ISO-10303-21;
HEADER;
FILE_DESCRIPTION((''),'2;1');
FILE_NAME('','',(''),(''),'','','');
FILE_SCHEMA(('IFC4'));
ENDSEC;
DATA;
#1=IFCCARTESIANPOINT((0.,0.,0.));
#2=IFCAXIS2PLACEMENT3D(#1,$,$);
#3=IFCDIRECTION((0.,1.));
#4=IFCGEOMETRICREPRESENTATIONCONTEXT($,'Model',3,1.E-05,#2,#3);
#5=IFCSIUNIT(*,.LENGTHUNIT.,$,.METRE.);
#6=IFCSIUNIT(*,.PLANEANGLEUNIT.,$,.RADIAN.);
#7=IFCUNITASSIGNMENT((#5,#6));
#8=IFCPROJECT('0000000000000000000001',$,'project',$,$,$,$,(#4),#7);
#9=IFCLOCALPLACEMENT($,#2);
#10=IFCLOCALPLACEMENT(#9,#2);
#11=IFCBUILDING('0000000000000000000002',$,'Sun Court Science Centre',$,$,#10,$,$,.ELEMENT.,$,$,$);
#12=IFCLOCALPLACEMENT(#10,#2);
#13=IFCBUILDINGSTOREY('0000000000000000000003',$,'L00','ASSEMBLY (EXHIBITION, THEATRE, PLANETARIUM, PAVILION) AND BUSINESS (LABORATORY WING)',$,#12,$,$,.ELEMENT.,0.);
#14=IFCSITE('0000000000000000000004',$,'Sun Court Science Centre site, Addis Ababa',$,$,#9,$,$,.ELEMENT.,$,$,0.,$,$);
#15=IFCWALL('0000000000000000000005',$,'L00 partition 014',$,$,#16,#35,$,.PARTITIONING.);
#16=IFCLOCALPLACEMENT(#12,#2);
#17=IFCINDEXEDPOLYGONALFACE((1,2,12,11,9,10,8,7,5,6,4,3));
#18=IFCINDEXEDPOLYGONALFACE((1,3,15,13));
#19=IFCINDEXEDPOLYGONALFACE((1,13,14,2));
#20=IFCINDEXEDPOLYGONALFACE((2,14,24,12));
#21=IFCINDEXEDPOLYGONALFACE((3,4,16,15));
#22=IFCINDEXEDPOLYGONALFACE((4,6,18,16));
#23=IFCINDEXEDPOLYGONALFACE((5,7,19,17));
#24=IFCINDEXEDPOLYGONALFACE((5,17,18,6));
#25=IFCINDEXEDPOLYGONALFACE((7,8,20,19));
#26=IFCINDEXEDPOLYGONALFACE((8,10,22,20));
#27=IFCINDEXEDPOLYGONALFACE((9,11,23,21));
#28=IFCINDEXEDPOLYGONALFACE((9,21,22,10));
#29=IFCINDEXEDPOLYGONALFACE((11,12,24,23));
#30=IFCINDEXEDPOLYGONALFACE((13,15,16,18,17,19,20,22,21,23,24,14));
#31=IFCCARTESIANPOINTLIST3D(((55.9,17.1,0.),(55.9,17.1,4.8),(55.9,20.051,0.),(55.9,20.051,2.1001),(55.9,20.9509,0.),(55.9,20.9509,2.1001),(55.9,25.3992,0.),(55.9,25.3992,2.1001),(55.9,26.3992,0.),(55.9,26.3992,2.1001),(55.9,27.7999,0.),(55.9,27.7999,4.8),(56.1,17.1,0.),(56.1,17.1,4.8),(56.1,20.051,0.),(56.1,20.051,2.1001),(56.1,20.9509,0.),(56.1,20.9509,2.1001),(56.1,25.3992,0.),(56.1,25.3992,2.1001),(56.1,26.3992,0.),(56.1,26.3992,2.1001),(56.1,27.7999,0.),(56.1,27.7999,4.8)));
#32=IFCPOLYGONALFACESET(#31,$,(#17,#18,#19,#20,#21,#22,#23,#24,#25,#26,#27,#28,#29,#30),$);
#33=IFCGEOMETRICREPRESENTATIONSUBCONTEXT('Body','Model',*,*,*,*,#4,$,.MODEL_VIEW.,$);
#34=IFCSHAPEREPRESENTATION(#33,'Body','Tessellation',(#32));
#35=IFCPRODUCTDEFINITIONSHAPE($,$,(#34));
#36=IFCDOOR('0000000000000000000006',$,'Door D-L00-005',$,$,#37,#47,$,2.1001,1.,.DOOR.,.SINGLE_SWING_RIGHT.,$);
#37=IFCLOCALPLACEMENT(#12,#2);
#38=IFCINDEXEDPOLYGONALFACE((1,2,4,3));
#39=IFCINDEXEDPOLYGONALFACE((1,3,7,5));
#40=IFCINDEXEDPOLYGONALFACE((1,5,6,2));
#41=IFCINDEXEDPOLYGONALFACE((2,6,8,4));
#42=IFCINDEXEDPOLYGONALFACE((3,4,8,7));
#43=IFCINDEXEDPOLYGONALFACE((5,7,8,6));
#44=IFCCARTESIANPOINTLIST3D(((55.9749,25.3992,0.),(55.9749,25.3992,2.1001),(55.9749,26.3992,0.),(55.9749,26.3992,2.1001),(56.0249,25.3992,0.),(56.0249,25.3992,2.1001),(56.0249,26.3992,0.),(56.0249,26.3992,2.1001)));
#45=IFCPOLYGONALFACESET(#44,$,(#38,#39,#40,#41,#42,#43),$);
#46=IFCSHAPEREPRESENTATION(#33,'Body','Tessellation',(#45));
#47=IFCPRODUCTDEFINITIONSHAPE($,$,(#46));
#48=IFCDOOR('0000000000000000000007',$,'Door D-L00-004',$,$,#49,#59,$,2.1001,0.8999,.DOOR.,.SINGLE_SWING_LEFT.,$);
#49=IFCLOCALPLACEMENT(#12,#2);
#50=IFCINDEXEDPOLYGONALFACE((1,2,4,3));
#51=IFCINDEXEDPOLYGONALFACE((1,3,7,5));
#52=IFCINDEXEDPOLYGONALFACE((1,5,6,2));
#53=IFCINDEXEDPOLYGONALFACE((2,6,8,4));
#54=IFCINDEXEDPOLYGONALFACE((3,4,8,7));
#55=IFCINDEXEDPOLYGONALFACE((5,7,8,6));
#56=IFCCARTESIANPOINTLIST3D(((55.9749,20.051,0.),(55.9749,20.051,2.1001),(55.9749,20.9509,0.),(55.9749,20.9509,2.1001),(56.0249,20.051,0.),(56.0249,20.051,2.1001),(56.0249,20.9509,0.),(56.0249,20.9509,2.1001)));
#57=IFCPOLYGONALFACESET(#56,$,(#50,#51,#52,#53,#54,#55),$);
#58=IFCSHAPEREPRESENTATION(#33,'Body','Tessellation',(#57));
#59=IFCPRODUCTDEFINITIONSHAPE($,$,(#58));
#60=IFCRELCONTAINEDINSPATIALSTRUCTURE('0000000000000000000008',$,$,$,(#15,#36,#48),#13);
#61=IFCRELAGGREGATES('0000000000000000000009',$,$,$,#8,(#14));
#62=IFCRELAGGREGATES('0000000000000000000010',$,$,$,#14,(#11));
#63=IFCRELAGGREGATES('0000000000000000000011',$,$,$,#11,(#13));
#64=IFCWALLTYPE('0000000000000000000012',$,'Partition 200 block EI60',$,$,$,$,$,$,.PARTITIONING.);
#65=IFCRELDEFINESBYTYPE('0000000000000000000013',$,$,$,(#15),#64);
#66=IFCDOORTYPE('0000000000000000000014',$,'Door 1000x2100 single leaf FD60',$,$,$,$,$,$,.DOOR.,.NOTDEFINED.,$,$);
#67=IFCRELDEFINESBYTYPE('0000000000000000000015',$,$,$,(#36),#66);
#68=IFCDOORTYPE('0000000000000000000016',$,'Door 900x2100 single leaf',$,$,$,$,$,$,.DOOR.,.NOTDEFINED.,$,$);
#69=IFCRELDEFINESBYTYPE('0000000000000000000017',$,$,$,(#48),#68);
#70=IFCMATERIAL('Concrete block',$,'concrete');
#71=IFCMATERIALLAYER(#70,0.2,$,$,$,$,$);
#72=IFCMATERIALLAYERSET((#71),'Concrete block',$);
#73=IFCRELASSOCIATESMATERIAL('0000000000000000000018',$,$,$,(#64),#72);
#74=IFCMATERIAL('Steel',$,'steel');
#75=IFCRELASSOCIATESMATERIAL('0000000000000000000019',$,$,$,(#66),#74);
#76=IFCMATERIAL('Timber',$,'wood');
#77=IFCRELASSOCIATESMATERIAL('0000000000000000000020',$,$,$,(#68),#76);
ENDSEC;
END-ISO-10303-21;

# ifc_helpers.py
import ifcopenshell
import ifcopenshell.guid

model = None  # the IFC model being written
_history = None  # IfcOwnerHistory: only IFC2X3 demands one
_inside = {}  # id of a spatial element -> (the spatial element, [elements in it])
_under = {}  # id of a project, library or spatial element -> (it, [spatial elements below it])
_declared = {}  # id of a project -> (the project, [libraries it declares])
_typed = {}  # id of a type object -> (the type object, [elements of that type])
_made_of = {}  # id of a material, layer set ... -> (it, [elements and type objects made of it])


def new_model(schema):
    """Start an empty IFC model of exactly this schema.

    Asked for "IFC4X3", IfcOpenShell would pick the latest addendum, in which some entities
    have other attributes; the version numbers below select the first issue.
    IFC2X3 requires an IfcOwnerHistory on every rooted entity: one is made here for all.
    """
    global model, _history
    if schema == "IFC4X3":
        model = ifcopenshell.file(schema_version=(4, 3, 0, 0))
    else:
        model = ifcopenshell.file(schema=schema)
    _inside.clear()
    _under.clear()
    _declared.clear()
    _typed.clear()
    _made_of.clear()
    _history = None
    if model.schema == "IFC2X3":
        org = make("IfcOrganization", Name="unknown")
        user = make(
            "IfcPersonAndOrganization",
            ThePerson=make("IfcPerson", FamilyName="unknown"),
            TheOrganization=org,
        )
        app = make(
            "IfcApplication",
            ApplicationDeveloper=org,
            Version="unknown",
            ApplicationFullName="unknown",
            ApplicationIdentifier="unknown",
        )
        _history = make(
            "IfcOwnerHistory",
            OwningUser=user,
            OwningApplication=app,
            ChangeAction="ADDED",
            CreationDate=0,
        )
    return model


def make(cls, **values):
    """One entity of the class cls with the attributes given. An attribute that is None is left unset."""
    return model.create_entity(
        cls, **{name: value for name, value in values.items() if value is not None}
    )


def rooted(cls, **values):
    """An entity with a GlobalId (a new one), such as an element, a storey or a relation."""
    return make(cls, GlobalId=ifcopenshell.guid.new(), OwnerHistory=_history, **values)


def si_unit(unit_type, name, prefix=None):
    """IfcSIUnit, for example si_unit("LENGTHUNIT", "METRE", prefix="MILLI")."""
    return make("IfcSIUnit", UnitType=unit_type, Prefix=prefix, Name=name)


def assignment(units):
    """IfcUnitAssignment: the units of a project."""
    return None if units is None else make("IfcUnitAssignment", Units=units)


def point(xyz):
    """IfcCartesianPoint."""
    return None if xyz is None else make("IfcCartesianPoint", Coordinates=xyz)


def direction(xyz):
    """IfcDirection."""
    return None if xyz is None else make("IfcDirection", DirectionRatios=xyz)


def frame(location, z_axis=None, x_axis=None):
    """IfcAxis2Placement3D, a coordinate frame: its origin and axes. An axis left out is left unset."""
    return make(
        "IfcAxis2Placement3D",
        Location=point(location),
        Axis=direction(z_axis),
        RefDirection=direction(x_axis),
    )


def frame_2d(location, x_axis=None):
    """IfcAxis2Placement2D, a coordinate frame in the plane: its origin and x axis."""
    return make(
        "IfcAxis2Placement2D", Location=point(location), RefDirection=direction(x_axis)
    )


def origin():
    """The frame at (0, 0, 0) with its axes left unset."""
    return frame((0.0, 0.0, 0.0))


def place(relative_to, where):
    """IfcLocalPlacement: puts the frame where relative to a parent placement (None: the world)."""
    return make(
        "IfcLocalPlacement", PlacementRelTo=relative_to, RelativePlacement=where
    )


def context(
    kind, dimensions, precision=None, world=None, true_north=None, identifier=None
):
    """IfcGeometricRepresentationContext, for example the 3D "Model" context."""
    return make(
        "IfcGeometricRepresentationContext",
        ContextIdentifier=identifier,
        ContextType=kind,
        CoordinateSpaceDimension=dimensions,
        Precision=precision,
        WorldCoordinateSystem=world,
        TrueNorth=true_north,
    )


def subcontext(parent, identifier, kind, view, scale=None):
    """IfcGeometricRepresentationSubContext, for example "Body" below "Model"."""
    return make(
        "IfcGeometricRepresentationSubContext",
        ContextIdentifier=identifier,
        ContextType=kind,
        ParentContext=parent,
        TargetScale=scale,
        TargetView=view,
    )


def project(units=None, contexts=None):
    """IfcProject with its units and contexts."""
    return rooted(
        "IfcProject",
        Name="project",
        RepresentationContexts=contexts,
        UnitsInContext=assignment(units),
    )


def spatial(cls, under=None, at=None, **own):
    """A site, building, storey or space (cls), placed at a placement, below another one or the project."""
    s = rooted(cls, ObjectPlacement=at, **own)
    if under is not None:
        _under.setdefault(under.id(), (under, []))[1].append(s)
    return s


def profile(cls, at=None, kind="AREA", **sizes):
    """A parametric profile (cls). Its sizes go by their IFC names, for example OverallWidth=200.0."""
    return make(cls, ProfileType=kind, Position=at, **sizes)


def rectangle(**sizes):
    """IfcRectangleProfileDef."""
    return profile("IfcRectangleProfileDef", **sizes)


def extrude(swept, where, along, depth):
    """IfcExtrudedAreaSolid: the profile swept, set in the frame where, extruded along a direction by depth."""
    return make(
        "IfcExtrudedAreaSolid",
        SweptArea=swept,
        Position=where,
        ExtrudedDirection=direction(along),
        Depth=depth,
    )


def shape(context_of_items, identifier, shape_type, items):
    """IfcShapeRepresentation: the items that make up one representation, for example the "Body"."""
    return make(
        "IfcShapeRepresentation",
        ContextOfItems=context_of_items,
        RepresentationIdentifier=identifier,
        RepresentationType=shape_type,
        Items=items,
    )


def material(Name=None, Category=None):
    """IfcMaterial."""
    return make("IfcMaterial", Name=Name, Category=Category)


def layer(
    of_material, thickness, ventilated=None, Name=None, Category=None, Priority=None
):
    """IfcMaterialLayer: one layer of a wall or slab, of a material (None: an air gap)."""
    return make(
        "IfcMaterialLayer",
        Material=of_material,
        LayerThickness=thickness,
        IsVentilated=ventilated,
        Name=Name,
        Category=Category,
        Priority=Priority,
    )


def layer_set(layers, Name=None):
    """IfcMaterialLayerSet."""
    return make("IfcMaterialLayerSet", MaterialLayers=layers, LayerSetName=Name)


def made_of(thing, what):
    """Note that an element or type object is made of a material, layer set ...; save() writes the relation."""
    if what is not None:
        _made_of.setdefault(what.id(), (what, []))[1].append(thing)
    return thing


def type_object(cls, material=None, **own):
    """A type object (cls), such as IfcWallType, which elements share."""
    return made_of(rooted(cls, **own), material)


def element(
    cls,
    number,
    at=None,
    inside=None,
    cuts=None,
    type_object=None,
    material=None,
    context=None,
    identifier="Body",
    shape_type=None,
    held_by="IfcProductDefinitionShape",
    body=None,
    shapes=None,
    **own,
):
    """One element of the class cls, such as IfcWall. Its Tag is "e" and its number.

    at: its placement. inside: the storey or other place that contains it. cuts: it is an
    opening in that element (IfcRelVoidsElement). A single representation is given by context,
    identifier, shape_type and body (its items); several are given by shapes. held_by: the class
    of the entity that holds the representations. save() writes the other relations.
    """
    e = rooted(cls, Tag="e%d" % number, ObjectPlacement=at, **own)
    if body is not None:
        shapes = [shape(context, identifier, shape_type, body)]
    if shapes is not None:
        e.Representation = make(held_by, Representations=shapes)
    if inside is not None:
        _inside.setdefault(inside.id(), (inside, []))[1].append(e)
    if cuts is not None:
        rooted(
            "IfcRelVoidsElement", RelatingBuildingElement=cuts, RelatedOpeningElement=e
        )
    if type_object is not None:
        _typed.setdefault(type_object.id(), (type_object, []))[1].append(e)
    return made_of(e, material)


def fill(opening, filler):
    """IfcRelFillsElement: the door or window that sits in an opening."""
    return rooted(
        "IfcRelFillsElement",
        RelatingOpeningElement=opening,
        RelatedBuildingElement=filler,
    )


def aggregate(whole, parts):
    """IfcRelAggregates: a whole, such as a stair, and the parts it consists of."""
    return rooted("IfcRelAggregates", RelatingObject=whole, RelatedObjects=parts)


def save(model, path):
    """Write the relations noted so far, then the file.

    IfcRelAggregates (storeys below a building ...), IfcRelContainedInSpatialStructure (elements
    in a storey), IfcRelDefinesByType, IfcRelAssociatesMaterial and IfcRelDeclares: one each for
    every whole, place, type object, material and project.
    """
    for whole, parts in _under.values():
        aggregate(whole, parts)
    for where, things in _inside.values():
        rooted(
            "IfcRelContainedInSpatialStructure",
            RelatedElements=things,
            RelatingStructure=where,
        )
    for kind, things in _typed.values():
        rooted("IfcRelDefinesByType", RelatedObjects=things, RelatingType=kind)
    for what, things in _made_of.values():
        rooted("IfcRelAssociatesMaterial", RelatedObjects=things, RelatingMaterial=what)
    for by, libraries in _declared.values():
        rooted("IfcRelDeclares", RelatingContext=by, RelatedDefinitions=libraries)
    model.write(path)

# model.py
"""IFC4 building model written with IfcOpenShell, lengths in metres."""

from ifc_helpers import new_model, si_unit, direction, frame, frame_2d, origin, place, context, subcontext, project, spatial, rectangle, extrude, material, layer, layer_set, type_object, element, fill, save


model = new_model("IFC4")

# Units and contexts
model_context = context("Model", 3, precision=1e-05, world=origin(), true_north=direction((0.0, 1.0)))
body_context = subcontext(model_context, "Body", "Model", "MODEL_VIEW")
ifc_project = project(units=[si_unit("LENGTHUNIT", "METRE"), si_unit("PLANEANGLEUNIT", "RADIAN")], contexts=[model_context])

# Site, building, storey
site_placement = place(None, origin())
site = spatial("IfcSite", under=ifc_project, at=site_placement, Name="Sun Court Science Centre site, Addis Ababa", CompositionType="ELEMENT", RefElevation=0.0)
building_placement = place(site_placement, origin())
building = spatial("IfcBuilding", under=site, at=building_placement, Name="Sun Court Science Centre", CompositionType="ELEMENT")
storey_placement = place(building_placement, origin())
storey = spatial("IfcBuildingStorey", under=building, at=storey_placement, Name="L00", Description="ASSEMBLY (EXHIBITION, THEATRE, PLANETARIUM, PAVILION) AND BUSINESS (LABORATORY WING)", CompositionType="ELEMENT", Elevation=0.0)

# Wall, openings, doors
ifc_material_1 = material(Name="Concrete block", Category="concrete")
ifc_layer_1 = layer(ifc_material_1, 0.2)
ifc_layer_set_1 = layer_set([ifc_layer_1], Name="Concrete block")
wall_type_1 = type_object("IfcWallType", Name="Partition 200 block EI60", PredefinedType="PARTITIONING", material=ifc_layer_set_1)
wall_1_placement = place(storey_placement, frame((56.0, 27.8, 0.0), z_axis=(0.0, 0.0, 1.0), x_axis=(0.0, -1.0, 0.0)))
wall_1 = element("IfcWall", 1, at=wall_1_placement, inside=storey, type_object=wall_type_1, Name="L00 partition 014", PredefinedType="PARTITIONING", context=body_context, shape_type="SweptSolid", body=[
    extrude(rectangle(XDim=10.7, YDim=0.2, at=frame_2d((5.3501, 0.0))), origin(), (0.0, 0.0, 1.0), 4.8),
])
opening_1_placement = place(wall_1_placement, frame((6.8491, 0.0, 0.0)))
opening_1 = element("IfcOpeningElement", 2, at=opening_1_placement, cuts=wall_1, PredefinedType="OPENING", context=body_context, shape_type="SweptSolid", body=[
    extrude(rectangle(XDim=0.8999, YDim=2.1001, at=frame_2d((0.45, 1.05))), frame((0.0, 0.1099, 0.0), z_axis=(0.0, -1.0, 0.0), x_axis=(1.0, 0.0, 0.0)), (0.0, 0.0, 1.0), 0.22),
])
opening_2_placement = place(wall_1_placement, frame((1.4009, 0.0, 0.0)))
opening_2 = element("IfcOpeningElement", 3, at=opening_2_placement, cuts=wall_1, PredefinedType="OPENING", context=body_context, shape_type="SweptSolid", body=[
    extrude(rectangle(XDim=1.0, YDim=2.1001, at=frame_2d((0.5, 1.05))), frame((0.0, 0.1099, 0.0), z_axis=(0.0, -1.0, 0.0), x_axis=(1.0, 0.0, 0.0)), (0.0, 0.0, 1.0), 0.22),
])
ifc_material_2 = material(Name="Steel", Category="steel")
door_type_1 = type_object("IfcDoorType", Name="Door 1000x2100 single leaf FD60", OperationType="NOTDEFINED", PredefinedType="DOOR", material=ifc_material_2)
door_1_placement = place(opening_2_placement, origin())
door_1 = element("IfcDoor", 4, at=door_1_placement, inside=storey, type_object=door_type_1, Name="Door D-L00-005", OperationType="SINGLE_SWING_RIGHT", OverallHeight=2.1001, OverallWidth=1.0, PredefinedType="DOOR", context=body_context, shape_type="SweptSolid", body=[
    extrude(rectangle(XDim=1.0, YDim=2.1001, at=frame_2d((0.5, 1.05))), frame((0.0, 0.0249, 0.0), z_axis=(0.0, -1.0, 0.0), x_axis=(1.0, 0.0, 0.0)), (0.0, 0.0, 1.0), 0.05),
])
fill(opening_2, door_1)
ifc_material_3 = material(Name="Timber", Category="wood")
door_type_2 = type_object("IfcDoorType", Name="Door 900x2100 single leaf", OperationType="NOTDEFINED", PredefinedType="DOOR", material=ifc_material_3)
door_2_placement = place(opening_1_placement, origin())
door_2 = element("IfcDoor", 5, at=door_2_placement, inside=storey, type_object=door_type_2, Name="Door D-L00-004", OperationType="SINGLE_SWING_LEFT", OverallHeight=2.1001, OverallWidth=0.8999, PredefinedType="DOOR", context=body_context, shape_type="SweptSolid", body=[
    extrude(rectangle(XDim=0.8999, YDim=2.1001, at=frame_2d((0.45, 1.05))), frame((0.0, 0.0249, 0.0), z_axis=(0.0, -1.0, 0.0), x_axis=(1.0, 0.0, 0.0)), (0.0, 0.0, 1.0), 0.05),
])
fill(opening_1, door_2)

save(model, "model.ifc")
